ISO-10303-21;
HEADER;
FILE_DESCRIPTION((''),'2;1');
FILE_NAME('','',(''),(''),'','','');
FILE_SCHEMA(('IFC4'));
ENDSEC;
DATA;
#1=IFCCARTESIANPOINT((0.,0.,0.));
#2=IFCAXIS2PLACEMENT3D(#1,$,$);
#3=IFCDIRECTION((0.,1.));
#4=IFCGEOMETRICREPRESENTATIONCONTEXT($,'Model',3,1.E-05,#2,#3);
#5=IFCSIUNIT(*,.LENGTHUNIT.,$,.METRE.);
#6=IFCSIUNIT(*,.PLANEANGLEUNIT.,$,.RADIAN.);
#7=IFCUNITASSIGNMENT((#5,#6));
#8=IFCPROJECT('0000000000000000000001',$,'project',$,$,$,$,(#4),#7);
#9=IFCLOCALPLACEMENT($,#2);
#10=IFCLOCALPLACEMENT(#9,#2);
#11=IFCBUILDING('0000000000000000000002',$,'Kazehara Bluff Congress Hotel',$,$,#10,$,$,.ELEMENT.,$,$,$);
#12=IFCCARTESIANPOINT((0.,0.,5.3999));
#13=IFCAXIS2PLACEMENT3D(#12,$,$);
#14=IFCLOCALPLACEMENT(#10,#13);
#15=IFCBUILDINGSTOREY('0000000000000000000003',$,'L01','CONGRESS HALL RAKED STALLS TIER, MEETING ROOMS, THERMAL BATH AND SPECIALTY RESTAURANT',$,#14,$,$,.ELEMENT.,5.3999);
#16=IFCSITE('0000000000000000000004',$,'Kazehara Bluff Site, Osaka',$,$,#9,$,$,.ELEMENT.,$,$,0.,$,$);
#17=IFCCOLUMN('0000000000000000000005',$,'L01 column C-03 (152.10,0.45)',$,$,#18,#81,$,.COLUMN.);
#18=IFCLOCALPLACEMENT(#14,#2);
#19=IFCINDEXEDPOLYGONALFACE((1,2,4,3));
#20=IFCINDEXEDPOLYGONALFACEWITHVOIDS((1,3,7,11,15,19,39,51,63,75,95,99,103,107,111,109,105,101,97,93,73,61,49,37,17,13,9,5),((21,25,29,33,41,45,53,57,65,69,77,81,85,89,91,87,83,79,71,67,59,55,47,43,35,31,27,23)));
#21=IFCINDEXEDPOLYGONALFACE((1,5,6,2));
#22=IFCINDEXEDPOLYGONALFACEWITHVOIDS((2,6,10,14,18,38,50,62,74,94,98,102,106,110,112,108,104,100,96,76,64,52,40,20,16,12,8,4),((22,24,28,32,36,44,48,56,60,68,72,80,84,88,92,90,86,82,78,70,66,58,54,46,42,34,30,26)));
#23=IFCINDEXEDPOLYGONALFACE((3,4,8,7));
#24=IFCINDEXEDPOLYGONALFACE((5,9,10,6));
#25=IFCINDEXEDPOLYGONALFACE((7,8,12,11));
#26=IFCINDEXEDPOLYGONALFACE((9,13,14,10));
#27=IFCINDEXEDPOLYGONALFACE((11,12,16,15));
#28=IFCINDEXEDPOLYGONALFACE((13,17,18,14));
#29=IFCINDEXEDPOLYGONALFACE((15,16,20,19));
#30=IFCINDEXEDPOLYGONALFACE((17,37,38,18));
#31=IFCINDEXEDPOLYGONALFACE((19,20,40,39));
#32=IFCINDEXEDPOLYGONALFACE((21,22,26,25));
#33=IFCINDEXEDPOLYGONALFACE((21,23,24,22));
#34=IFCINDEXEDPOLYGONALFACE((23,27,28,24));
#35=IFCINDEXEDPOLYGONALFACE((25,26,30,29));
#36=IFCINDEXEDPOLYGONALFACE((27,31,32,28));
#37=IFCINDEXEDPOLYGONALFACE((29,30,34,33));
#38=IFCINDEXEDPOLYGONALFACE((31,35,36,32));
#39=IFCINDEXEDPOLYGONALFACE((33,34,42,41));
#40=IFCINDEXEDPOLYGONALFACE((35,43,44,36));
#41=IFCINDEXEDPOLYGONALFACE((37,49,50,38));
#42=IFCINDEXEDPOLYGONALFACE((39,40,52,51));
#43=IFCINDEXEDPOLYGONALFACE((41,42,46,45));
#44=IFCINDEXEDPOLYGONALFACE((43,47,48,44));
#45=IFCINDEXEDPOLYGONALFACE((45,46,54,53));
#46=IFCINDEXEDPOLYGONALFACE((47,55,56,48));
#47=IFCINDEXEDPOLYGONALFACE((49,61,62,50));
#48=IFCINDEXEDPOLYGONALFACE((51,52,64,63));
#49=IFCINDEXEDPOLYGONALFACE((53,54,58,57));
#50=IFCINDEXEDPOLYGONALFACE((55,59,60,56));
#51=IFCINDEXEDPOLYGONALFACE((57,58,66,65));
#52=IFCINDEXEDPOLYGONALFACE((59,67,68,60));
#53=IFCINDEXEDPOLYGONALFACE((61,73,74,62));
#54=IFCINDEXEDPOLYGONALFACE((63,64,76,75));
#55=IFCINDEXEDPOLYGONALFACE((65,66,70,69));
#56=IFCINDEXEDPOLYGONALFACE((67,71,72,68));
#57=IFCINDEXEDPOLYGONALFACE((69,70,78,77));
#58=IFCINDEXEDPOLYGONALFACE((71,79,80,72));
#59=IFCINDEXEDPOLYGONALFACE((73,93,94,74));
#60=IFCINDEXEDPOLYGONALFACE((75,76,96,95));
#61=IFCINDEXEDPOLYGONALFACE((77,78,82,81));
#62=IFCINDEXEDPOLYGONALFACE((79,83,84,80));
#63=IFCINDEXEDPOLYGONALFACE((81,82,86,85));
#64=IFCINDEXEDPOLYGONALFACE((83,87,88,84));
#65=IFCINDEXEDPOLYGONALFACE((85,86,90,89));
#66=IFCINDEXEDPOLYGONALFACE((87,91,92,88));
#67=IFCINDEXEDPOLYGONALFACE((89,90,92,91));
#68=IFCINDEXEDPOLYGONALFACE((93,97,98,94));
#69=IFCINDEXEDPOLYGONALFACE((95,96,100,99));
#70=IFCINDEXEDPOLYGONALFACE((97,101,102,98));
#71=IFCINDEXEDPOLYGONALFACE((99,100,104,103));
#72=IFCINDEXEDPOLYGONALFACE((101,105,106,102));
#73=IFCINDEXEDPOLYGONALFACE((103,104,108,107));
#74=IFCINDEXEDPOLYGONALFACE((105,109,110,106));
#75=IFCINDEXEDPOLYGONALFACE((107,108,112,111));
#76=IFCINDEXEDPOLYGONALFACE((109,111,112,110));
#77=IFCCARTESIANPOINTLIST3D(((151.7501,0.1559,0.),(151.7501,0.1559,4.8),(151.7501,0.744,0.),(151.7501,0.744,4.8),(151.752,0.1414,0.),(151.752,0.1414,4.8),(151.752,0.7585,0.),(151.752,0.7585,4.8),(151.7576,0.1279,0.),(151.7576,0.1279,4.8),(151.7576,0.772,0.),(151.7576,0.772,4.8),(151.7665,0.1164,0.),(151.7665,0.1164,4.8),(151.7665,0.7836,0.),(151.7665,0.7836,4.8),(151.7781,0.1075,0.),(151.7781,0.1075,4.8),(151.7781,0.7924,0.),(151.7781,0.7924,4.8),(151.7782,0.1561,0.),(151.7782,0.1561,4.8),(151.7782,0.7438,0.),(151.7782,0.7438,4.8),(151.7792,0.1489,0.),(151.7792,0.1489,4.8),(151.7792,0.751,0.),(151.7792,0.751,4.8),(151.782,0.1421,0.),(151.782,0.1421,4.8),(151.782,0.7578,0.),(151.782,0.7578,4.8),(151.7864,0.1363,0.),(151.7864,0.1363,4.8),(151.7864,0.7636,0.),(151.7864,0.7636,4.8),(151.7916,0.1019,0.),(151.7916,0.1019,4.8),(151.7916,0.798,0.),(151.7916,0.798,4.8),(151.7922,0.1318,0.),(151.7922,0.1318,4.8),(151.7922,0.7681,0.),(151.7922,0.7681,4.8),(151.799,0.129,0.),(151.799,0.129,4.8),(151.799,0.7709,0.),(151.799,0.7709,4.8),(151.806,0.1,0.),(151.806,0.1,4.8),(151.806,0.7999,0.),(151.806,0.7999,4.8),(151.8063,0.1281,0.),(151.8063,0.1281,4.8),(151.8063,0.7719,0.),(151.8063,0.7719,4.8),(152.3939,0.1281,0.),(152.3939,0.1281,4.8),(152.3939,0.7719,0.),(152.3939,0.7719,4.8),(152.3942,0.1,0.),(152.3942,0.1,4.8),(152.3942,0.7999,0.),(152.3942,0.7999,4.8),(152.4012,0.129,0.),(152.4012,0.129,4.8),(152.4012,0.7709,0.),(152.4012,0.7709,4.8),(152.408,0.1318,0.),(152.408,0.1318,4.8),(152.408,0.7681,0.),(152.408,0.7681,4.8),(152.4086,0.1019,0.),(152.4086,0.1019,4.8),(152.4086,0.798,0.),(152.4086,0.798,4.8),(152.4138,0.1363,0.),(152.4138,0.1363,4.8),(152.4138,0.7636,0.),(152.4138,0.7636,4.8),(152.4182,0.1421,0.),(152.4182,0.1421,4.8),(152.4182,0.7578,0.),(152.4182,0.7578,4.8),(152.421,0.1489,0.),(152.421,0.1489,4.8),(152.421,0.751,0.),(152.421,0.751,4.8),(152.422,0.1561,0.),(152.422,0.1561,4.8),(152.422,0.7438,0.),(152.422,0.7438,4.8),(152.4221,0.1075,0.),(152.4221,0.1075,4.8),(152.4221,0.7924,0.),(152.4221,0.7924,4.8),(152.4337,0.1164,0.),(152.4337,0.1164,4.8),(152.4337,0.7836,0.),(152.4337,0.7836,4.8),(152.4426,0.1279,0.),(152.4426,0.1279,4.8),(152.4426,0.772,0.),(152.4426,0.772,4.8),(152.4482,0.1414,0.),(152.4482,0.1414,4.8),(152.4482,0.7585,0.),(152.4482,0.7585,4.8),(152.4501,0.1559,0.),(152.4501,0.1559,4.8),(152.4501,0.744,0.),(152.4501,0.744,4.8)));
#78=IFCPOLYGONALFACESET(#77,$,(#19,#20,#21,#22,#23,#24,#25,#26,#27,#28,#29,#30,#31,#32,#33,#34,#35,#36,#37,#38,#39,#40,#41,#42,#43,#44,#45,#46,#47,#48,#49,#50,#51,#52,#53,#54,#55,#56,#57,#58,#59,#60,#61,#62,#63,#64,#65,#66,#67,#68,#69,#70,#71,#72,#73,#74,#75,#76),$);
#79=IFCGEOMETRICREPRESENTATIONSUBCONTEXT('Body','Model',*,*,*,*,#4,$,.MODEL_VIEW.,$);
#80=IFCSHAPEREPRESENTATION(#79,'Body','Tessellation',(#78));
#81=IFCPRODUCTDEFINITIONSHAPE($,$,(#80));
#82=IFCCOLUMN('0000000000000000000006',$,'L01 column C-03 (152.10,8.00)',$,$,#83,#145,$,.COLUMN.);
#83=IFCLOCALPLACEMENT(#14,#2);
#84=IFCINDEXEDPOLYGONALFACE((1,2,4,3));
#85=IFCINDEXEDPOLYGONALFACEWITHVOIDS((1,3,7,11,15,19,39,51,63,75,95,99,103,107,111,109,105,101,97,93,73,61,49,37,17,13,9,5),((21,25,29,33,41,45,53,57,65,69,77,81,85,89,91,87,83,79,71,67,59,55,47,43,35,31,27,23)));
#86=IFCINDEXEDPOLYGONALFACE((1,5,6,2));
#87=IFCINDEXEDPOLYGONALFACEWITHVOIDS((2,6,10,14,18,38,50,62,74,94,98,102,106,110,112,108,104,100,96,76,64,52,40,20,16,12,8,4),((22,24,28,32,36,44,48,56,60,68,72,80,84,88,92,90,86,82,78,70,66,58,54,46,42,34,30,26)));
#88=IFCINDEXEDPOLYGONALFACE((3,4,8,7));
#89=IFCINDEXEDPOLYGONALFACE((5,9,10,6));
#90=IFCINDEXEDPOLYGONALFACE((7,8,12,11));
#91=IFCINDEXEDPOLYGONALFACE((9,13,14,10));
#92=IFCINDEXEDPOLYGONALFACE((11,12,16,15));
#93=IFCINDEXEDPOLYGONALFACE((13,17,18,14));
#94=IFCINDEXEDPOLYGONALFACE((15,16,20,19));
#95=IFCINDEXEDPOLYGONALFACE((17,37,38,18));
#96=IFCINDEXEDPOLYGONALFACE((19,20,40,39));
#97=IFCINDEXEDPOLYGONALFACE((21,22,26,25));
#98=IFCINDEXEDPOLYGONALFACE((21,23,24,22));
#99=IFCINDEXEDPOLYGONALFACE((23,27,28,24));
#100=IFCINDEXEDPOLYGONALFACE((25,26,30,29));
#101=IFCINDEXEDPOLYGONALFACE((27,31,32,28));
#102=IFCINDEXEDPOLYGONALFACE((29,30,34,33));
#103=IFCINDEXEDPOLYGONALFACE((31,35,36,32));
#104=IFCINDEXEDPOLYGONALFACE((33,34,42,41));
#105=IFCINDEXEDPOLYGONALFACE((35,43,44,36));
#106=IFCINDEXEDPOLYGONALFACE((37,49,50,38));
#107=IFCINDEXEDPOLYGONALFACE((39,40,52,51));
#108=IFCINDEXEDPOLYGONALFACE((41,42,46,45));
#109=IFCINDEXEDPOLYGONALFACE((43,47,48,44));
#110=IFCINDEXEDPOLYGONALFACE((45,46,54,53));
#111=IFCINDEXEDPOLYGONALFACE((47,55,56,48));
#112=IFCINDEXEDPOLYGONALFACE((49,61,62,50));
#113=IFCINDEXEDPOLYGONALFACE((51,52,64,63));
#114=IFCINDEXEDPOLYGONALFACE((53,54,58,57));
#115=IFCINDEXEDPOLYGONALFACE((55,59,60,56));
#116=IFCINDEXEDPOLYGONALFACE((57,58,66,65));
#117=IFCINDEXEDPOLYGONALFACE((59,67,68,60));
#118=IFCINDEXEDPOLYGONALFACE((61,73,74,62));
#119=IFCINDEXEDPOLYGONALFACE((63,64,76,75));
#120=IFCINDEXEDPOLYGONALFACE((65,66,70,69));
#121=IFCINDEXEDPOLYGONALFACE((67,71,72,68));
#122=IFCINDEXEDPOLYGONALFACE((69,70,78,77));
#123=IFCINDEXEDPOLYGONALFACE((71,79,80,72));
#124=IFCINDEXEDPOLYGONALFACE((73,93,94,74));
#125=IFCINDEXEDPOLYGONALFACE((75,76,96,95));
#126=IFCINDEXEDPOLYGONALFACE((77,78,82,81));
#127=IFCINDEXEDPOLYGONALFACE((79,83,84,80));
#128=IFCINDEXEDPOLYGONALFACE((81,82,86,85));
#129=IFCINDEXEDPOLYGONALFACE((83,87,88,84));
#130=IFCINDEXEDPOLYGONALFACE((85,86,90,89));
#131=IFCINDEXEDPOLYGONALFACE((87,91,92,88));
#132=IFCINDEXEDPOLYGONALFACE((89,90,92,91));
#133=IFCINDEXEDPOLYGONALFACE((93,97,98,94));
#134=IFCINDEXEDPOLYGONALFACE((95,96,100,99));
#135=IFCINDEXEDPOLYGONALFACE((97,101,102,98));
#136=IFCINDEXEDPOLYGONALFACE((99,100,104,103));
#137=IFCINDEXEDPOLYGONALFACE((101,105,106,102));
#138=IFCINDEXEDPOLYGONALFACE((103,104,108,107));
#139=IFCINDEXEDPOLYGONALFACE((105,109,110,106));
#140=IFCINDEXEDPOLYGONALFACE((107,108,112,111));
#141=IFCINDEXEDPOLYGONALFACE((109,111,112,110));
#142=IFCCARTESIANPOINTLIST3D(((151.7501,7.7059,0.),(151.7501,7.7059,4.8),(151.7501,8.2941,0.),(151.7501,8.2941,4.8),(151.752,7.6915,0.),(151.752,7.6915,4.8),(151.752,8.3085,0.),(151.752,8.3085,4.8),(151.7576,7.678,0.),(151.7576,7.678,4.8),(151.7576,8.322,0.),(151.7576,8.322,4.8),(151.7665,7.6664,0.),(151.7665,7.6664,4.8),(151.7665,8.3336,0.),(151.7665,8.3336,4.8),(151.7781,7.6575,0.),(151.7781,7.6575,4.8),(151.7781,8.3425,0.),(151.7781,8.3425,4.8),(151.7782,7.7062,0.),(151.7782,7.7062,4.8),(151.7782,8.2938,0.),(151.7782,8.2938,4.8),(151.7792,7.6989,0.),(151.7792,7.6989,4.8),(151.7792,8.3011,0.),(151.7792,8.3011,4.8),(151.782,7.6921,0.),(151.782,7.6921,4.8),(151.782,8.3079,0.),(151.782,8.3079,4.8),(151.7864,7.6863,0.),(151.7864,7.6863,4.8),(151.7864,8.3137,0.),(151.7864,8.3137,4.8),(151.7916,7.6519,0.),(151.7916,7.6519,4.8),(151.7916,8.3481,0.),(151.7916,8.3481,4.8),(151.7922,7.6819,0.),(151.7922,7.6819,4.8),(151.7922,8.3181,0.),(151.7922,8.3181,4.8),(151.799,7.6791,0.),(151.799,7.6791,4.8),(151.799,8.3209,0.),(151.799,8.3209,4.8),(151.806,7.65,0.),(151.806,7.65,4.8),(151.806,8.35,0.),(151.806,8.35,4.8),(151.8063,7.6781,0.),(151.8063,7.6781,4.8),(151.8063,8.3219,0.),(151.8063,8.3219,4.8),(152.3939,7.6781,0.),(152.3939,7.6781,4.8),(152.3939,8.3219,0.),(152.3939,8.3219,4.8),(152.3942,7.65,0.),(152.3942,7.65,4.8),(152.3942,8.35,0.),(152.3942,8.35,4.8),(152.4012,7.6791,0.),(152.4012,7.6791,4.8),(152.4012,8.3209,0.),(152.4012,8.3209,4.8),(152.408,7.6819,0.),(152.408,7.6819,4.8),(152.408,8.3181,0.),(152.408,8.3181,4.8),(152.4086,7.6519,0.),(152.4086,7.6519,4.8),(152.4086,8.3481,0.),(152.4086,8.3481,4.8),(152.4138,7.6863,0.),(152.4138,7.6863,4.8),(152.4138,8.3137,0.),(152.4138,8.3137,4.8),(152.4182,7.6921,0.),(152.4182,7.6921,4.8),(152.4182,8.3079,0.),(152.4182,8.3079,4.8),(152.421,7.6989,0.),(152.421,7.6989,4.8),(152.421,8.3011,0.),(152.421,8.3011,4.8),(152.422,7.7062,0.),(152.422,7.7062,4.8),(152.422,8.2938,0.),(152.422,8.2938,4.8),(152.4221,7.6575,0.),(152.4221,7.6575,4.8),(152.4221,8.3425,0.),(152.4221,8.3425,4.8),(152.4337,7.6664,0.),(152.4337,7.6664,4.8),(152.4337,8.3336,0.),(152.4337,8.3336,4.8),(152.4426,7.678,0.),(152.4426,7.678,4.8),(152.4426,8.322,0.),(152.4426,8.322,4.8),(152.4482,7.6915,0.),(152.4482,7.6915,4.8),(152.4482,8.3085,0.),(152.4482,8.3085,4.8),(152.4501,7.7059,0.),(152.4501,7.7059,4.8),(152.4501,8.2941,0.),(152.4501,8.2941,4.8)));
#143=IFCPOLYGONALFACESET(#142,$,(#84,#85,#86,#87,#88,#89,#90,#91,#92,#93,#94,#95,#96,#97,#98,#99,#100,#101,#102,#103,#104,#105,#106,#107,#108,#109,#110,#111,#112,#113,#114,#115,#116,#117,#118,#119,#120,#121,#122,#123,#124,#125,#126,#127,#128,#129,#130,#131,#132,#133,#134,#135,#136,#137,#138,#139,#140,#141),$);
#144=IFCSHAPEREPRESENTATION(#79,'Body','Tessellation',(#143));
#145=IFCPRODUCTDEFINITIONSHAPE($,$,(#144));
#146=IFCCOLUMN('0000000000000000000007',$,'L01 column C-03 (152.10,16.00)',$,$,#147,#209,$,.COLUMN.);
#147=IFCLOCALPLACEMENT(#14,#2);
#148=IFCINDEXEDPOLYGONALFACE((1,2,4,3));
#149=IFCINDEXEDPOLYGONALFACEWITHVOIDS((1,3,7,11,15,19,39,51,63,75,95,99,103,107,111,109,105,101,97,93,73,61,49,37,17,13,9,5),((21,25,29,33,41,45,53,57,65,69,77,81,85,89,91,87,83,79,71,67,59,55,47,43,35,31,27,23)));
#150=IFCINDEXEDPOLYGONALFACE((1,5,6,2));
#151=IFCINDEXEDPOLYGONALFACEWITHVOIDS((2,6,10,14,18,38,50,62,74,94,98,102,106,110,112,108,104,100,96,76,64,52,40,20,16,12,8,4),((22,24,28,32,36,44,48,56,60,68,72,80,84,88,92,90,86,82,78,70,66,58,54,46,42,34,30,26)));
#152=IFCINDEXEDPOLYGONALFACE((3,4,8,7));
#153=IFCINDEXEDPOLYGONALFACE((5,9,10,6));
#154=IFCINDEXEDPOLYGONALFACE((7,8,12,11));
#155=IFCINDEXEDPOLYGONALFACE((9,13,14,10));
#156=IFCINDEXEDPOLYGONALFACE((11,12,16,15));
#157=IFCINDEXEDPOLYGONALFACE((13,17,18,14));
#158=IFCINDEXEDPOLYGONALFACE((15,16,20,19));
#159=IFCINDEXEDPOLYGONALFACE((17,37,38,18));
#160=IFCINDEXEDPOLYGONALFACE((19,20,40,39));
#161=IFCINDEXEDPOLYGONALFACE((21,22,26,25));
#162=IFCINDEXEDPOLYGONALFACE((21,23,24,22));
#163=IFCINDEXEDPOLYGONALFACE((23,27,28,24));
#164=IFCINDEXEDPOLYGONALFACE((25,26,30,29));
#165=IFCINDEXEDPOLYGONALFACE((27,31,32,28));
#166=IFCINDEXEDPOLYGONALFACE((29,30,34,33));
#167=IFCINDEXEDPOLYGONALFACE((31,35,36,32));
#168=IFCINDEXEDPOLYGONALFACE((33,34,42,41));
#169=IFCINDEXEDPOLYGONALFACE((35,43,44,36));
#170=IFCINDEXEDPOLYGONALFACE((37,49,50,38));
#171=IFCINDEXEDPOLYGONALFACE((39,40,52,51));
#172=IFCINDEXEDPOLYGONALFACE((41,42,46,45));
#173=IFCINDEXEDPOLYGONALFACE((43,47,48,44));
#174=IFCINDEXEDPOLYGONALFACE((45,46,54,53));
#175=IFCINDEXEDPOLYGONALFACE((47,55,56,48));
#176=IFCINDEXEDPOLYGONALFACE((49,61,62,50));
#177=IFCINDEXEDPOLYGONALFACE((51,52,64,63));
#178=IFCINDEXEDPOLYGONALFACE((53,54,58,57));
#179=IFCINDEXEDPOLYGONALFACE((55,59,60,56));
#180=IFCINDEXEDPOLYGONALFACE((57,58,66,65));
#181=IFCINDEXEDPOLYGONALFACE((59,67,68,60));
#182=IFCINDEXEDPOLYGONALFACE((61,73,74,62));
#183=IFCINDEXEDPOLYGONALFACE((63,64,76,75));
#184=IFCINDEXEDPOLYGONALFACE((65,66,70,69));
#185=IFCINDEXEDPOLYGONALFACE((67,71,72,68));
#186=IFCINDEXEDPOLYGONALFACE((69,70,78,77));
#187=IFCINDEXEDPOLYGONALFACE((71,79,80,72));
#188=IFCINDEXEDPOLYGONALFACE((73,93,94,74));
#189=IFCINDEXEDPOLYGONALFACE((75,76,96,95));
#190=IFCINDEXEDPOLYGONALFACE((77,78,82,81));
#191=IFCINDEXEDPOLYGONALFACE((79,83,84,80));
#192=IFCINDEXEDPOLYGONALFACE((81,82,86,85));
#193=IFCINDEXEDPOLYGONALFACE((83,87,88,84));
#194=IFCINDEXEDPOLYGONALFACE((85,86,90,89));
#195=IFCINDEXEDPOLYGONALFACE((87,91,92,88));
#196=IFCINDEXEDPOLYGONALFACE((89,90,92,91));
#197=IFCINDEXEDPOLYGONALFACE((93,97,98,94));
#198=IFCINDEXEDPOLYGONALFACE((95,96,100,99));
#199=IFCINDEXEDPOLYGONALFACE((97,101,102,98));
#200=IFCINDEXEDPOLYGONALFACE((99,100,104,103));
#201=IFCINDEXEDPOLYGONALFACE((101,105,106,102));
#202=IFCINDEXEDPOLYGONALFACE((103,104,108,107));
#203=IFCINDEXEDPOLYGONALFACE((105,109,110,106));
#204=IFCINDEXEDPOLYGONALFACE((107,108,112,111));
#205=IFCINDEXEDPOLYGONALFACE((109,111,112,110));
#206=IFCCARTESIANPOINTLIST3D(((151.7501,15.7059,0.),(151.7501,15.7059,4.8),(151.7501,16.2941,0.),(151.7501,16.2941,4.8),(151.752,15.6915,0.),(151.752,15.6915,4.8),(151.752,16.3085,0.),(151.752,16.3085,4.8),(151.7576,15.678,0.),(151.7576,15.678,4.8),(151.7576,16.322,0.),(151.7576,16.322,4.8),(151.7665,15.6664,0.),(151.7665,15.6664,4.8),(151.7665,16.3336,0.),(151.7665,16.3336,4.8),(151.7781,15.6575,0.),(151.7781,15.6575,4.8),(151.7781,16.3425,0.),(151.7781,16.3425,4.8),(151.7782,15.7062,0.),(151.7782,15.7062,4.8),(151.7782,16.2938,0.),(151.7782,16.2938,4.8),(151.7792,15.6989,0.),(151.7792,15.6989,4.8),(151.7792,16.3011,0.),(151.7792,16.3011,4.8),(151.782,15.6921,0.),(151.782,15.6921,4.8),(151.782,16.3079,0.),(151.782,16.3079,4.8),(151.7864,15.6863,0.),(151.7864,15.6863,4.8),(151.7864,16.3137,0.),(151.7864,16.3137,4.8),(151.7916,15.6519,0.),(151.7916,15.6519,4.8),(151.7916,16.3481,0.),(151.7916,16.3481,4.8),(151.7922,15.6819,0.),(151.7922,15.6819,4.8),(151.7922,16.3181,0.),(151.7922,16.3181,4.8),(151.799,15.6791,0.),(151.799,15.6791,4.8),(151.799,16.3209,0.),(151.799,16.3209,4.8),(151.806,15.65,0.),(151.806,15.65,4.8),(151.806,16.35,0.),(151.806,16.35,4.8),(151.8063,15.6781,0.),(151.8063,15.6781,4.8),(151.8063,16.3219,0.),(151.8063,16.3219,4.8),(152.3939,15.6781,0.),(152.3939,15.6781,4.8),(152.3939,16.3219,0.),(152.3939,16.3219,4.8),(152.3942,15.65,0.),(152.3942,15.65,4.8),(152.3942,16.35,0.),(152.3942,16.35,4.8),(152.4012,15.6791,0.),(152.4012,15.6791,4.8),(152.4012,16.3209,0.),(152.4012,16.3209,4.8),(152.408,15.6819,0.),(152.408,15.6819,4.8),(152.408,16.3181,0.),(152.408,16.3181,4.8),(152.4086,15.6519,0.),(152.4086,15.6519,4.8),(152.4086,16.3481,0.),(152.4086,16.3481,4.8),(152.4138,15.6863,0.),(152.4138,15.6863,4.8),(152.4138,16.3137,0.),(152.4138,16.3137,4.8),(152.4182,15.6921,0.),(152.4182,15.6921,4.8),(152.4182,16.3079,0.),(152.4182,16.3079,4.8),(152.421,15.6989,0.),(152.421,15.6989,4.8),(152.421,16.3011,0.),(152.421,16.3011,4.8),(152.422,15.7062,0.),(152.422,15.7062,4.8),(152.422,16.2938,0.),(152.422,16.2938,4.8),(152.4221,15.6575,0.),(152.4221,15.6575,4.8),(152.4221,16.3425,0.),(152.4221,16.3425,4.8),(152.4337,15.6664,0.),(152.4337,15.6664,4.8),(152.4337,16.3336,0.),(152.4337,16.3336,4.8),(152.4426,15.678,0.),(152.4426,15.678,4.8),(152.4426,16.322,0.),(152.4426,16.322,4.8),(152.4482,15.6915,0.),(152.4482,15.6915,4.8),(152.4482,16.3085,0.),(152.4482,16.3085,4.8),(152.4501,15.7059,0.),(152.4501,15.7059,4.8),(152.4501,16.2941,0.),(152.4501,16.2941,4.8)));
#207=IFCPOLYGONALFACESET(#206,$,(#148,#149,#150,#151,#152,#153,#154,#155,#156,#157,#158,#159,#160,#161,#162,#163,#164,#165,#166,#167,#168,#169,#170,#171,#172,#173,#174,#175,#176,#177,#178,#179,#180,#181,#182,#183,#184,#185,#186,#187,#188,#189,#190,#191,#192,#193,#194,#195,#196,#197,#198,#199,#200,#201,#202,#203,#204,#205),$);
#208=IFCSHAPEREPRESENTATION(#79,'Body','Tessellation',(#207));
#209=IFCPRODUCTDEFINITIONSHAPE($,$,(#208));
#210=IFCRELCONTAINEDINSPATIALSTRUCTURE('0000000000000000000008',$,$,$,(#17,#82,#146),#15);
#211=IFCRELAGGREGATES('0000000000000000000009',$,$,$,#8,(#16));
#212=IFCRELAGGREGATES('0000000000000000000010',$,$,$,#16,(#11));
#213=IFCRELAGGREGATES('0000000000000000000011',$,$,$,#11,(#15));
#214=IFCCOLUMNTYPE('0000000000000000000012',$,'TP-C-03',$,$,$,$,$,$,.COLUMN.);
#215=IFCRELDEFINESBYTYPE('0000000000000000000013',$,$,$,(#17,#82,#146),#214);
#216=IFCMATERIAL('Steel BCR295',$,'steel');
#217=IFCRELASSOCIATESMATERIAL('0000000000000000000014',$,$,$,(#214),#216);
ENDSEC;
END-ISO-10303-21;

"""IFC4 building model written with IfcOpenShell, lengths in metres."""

from ifc_helpers import new_model, si_unit, direction, frame, origin, origin_2d, place, context, subcontext, project, spatial, hollow_rectangle, extrude, material, material_profile, profile_set, type_object, element, save


model = new_model("IFC4")

# Units and contexts
model_context = context("Model", 3, precision=1e-05, world=origin(), true_north=direction((0.0, 1.0)))
body_context = subcontext(model_context, "Body", "Model", "MODEL_VIEW")
ifc_project = project(units=[si_unit("LENGTHUNIT", "METRE"), si_unit("PLANEANGLEUNIT", "RADIAN")], contexts=[model_context])

# Site, building, storey
site_placement = place(None, origin())
site = spatial("IfcSite", under=ifc_project, at=site_placement, Name="Kazehara Bluff Site, Osaka", CompositionType="ELEMENT", RefElevation=0.0)
building_placement = place(site_placement, origin())
building = spatial("IfcBuilding", under=site, at=building_placement, Name="Kazehara Bluff Congress Hotel", CompositionType="ELEMENT")
storey_placement = place(building_placement, frame((0.0, 0.0, 5.3999)))
storey = spatial("IfcBuildingStorey", under=building, at=storey_placement, Name="L01", Description="CONGRESS HALL RAKED STALLS TIER, MEETING ROOMS, THERMAL BATH AND SPECIALTY RESTAURANT", CompositionType="ELEMENT", Elevation=5.3999)

# Columns
ifc_material_1 = material(Name="Steel BCR295", Category="steel")
ifc_material_profile_1 = material_profile(ifc_material_1, hollow_rectangle(XDim=0.7, YDim=0.7, WallThickness=0.0281, InnerFilletRadius=0.0281, OuterFilletRadius=0.0559, at=origin_2d()))
ifc_profile_set_1 = profile_set([ifc_material_profile_1], Name="Steel BCR295")
column_type_1 = type_object("IfcColumnType", Name="TP-C-03", PredefinedType="COLUMN", material=ifc_profile_set_1)
for number, where, z_axis, x_axis, name in (
    (1, (152.1001, 0.45, 0.0), (0.0, 0.0, 1.0), (1.0, 0.0, 0.0), "L01 column C-03 (152.10,0.45)"),
    (2, (152.1001, 8.0, 0.0), (0.0, 0.0, 1.0), (1.0, 0.0, 0.0), "L01 column C-03 (152.10,8.00)"),
    (3, (152.1001, 16.0, 0.0), (0.0, 0.0, 1.0), (1.0, 0.0, 0.0), "L01 column C-03 (152.10,16.00)"),
):
    element("IfcColumn", number, at=place(storey_placement, frame(where, z_axis=z_axis, x_axis=x_axis)), inside=storey, type_object=column_type_1, Name=name, PredefinedType="COLUMN", context=body_context, shape_type="SweptSolid", body=[
        extrude(hollow_rectangle(XDim=0.7, YDim=0.7, WallThickness=0.0281, InnerFilletRadius=0.0281, OuterFilletRadius=0.0559, at=origin_2d()), origin(), (0.0, 0.0, 1.0), 4.8),
    ])

save(model, "model.ifc")
